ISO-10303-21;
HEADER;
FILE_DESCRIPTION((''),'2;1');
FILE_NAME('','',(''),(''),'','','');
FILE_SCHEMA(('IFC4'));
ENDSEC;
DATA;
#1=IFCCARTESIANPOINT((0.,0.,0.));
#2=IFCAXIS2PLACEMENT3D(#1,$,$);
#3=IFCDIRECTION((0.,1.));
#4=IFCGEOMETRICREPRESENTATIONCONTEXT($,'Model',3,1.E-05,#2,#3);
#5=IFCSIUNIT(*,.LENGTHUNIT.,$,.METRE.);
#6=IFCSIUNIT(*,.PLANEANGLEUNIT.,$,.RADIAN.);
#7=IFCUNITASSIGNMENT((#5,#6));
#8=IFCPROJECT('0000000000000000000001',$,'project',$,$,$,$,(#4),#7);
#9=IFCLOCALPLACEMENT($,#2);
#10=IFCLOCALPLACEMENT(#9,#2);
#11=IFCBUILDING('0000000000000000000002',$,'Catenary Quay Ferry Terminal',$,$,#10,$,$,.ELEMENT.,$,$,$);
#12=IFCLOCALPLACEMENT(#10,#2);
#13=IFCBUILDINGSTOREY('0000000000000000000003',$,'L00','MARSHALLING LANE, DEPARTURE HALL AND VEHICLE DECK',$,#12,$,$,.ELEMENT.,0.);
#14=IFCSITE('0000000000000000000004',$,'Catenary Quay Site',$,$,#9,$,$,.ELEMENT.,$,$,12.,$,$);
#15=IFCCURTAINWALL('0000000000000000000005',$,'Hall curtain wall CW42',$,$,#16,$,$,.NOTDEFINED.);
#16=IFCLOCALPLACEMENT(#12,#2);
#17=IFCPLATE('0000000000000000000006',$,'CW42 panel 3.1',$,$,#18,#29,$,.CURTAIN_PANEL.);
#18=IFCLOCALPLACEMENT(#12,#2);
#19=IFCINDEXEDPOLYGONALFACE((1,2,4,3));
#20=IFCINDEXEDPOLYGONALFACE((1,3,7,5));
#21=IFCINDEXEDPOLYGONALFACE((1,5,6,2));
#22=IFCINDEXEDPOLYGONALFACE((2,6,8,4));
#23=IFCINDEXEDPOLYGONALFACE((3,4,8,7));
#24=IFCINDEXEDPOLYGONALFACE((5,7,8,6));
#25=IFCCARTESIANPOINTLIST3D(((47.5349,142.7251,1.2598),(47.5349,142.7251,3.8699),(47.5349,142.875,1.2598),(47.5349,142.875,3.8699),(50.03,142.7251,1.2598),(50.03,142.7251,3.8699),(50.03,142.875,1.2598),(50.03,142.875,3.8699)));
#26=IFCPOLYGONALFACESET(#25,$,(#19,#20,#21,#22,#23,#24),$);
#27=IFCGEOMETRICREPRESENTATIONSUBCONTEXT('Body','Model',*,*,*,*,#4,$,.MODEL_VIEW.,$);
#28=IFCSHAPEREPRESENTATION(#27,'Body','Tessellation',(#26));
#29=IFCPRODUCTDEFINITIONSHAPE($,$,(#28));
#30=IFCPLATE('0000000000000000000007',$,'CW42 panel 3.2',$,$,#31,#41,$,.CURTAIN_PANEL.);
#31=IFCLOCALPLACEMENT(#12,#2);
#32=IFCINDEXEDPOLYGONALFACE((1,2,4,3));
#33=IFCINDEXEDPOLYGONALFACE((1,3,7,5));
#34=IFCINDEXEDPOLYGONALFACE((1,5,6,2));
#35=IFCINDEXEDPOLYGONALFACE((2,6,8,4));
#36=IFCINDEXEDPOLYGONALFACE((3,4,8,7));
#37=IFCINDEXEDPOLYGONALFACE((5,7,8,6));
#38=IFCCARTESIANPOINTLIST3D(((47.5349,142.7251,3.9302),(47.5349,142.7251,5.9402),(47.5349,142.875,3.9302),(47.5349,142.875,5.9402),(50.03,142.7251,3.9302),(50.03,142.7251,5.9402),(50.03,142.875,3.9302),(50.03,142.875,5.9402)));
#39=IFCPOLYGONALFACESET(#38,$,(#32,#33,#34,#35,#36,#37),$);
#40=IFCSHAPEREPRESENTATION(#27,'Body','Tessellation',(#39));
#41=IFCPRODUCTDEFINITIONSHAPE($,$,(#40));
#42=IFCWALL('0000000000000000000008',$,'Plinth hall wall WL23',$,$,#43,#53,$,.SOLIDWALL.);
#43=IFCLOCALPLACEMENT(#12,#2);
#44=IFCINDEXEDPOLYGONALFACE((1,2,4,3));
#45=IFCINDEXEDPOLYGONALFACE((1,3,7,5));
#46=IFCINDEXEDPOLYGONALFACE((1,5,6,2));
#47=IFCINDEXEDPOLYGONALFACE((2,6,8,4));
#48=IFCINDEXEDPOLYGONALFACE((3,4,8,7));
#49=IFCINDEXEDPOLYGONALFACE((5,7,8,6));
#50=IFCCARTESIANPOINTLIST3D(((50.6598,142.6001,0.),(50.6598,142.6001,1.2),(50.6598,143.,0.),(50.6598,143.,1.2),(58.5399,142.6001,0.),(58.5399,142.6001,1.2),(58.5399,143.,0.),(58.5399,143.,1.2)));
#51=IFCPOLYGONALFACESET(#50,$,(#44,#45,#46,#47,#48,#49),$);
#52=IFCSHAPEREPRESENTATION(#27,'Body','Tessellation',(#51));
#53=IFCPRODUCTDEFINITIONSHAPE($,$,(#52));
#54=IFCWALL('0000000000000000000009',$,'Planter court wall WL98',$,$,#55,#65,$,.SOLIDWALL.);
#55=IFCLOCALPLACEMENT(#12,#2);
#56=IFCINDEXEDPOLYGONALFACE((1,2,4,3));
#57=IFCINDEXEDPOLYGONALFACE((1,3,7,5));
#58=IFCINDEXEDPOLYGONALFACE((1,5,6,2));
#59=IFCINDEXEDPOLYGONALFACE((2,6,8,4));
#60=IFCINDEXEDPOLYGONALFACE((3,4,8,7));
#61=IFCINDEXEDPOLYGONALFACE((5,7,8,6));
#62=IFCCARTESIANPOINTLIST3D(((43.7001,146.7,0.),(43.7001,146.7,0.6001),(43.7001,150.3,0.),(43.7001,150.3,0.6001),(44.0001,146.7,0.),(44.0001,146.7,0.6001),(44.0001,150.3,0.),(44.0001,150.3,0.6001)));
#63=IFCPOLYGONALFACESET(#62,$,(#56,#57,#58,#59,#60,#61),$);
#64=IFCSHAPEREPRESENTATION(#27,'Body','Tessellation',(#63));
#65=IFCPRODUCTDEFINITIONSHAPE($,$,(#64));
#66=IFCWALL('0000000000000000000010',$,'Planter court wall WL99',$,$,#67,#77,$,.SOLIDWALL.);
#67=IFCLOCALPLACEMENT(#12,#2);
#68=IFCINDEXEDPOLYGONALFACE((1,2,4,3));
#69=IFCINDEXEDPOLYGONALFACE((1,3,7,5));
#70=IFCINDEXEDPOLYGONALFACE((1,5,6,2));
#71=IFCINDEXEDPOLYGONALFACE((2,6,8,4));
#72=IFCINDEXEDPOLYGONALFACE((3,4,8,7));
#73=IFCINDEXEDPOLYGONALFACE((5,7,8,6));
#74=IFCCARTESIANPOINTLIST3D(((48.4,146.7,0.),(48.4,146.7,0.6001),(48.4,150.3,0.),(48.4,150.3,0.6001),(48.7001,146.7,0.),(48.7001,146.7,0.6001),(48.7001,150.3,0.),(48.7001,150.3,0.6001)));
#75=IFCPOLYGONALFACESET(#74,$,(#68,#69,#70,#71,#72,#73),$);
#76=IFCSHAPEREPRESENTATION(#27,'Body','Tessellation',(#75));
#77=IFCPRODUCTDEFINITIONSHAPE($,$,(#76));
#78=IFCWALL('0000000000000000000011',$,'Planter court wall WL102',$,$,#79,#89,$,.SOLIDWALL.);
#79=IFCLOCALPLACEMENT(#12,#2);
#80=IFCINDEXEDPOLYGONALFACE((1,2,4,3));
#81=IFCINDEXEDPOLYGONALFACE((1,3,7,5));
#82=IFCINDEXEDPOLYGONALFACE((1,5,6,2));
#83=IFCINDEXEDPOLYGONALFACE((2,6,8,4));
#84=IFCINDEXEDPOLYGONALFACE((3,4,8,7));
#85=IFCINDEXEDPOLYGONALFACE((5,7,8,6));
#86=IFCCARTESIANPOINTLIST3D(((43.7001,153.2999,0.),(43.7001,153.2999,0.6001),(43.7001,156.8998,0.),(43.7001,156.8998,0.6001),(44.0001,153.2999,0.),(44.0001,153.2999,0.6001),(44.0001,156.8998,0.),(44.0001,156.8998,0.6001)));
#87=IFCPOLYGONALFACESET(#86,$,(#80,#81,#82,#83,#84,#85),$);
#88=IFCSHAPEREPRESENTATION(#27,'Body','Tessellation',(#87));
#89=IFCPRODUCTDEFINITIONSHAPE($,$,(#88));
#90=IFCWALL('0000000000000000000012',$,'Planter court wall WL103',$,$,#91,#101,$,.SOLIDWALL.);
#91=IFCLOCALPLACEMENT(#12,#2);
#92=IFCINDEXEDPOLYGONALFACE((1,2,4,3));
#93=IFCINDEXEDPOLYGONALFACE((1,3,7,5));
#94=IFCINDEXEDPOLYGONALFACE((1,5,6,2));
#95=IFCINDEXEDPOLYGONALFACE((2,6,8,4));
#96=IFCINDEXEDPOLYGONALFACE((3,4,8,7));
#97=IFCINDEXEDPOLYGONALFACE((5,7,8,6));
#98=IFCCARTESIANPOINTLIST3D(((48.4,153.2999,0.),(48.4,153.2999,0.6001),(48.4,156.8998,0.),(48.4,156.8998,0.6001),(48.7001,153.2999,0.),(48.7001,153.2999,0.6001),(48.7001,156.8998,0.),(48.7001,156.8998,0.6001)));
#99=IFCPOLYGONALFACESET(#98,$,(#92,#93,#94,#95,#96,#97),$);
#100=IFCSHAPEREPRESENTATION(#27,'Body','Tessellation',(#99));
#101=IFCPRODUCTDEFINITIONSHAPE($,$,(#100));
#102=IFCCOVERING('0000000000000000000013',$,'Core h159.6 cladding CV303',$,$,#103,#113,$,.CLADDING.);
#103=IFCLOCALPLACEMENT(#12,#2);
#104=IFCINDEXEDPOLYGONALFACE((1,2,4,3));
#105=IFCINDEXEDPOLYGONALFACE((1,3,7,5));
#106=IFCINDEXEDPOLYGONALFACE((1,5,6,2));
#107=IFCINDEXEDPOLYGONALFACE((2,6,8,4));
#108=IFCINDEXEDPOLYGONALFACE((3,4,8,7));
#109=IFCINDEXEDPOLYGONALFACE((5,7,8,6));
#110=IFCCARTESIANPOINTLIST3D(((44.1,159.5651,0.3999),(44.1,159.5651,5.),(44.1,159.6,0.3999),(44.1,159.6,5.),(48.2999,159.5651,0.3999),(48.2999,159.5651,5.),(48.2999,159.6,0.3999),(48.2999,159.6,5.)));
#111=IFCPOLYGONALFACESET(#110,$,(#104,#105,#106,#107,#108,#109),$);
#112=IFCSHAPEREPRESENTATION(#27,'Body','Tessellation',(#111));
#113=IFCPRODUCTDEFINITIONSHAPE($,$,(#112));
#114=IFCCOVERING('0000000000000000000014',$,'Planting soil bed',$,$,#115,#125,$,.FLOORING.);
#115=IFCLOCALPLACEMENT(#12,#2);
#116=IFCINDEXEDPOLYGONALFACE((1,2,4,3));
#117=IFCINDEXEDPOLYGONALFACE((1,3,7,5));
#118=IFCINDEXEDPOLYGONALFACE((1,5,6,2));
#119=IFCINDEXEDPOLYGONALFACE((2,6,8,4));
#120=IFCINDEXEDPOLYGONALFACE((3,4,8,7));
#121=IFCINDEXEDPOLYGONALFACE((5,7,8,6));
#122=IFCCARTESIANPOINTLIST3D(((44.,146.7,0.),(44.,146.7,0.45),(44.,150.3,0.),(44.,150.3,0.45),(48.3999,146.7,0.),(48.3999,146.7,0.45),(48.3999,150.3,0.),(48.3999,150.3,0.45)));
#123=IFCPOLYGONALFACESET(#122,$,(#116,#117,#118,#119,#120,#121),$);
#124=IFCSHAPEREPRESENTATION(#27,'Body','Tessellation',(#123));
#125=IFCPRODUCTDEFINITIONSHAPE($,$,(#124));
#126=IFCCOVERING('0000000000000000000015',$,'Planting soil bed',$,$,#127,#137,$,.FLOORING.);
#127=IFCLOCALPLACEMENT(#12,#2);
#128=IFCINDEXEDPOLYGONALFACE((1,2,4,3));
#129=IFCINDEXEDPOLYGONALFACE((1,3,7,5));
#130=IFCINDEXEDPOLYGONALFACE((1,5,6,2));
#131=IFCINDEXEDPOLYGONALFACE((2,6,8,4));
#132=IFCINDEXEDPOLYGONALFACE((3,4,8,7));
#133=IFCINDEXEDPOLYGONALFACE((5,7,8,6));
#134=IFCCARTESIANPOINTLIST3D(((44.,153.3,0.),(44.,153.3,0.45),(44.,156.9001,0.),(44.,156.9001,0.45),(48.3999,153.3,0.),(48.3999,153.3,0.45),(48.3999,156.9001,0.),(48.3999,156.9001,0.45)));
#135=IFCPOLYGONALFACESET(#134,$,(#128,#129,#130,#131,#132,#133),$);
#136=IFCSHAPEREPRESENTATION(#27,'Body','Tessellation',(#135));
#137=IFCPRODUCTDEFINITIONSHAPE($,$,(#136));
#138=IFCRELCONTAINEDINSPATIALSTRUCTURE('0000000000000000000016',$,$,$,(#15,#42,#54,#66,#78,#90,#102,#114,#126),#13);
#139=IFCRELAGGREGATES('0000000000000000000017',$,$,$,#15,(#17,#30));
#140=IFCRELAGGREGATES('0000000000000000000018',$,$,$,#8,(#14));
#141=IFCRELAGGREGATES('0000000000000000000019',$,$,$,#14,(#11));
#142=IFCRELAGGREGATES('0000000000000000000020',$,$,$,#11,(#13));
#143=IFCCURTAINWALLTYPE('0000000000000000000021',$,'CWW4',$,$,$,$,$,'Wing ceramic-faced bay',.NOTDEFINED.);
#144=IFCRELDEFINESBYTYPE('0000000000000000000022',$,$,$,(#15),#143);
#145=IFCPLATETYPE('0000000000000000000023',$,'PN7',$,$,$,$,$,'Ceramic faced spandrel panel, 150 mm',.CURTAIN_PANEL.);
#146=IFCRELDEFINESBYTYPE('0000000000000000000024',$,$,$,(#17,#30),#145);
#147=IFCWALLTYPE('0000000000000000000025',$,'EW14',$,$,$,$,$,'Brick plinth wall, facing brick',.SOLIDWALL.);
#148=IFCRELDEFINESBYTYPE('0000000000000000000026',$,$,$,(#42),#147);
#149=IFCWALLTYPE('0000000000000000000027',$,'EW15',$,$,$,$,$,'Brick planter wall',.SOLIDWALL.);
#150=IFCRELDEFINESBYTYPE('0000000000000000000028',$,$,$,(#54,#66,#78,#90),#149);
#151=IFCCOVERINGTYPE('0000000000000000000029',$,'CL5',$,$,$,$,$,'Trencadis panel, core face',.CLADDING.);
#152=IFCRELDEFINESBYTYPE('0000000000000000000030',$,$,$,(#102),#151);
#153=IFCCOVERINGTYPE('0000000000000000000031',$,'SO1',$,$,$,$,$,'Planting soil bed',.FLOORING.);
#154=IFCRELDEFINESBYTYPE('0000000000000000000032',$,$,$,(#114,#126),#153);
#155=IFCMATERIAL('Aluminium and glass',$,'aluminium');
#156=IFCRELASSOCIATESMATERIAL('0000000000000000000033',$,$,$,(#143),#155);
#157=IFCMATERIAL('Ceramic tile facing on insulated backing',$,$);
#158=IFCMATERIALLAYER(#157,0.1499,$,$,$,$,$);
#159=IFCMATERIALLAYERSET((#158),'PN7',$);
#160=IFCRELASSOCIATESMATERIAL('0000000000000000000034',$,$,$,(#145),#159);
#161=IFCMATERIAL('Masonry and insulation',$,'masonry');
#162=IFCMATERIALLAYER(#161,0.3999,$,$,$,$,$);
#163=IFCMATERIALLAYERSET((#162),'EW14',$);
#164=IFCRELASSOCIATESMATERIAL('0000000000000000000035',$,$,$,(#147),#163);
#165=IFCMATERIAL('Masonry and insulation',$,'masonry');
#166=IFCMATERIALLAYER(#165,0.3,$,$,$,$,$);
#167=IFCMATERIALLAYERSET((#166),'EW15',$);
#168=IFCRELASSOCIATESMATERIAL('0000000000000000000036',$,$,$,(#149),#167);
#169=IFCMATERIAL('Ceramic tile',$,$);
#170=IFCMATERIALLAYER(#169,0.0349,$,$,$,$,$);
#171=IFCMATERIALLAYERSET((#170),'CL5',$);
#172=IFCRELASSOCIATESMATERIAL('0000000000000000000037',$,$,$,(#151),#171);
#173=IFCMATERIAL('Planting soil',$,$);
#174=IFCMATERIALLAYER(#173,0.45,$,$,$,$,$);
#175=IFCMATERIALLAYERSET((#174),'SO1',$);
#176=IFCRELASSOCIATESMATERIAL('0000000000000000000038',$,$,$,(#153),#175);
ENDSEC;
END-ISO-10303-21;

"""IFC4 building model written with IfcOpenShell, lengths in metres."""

from ifc_helpers import new_model, si_unit, direction, frame, frame_2d, origin, origin_2d, place, context, subcontext, project, spatial, rectangle, extrude, material, layer, layer_set, type_object, element, aggregate, save


model = new_model("IFC4")

# Units and contexts
model_context = context("Model", 3, precision=1e-05, world=origin(), true_north=direction((0.0, 1.0)))
body_context = subcontext(model_context, "Body", "Model", "MODEL_VIEW")
ifc_project = project(units=[si_unit("LENGTHUNIT", "METRE"), si_unit("PLANEANGLEUNIT", "RADIAN")], contexts=[model_context])

# Site, building, storey
site_placement = place(None, origin())
site = spatial("IfcSite", under=ifc_project, at=site_placement, Name="Catenary Quay Site", CompositionType="ELEMENT", RefElevation=12.0)
building_placement = place(site_placement, origin())
building = spatial("IfcBuilding", under=site, at=building_placement, Name="Catenary Quay Ferry Terminal", CompositionType="ELEMENT")
storey_placement = place(building_placement, origin())
storey = spatial("IfcBuildingStorey", under=building, at=storey_placement, Name="L00", Description="MARSHALLING LANE, DEPARTURE HALL AND VEHICLE DECK", CompositionType="ELEMENT", Elevation=0.0)

# Curtain wall
ifc_material_1 = material(Name="Aluminium and glass", Category="aluminium")
curtain_wall_type_1 = type_object("IfcCurtainWallType", Name="CWW4", ElementType="Wing ceramic-faced bay", PredefinedType="NOTDEFINED", material=ifc_material_1)
curtain_wall_1_placement = place(storey_placement, origin())
curtain_wall_1 = element("IfcCurtainWall", 1, at=curtain_wall_1_placement, inside=storey, type_object=curtain_wall_type_1, Name="Hall curtain wall CW42", PredefinedType="NOTDEFINED")

# Plates
ifc_material_2 = material(Name="Ceramic tile facing on insulated backing")
ifc_layer_1 = layer(ifc_material_2, 0.1499)
ifc_layer_set_1 = layer_set([ifc_layer_1], Name="PN7")
plate_type = type_object("IfcPlateType", Name="PN7", ElementType="Ceramic faced spandrel panel, 150 mm", PredefinedType="CURTAIN_PANEL", material=ifc_layer_set_1)
plate_1_placement = place(storey_placement, frame((48.7825, 142.8, 1.2598), z_axis=(0.0, 0.0, 1.0), x_axis=(1.0, 0.0, 0.0)))
plate_1 = element("IfcPlate", 2, at=plate_1_placement, type_object=plate_type, Name="CW42 panel 3.1", PredefinedType="CURTAIN_PANEL", context=body_context, shape_type="SweptSolid", body=[
    extrude(rectangle(XDim=2.4951, YDim=0.1499, at=origin_2d()), origin(), (0.0, 0.0, 1.0), 2.6101),
])
plate_2_placement = place(storey_placement, frame((48.7825, 142.8, 3.9302), z_axis=(0.0, 0.0, 1.0), x_axis=(1.0, 0.0, 0.0)))
plate_2 = element("IfcPlate", 3, at=plate_2_placement, type_object=plate_type, Name="CW42 panel 3.2", PredefinedType="CURTAIN_PANEL", context=body_context, shape_type="SweptSolid", body=[
    extrude(rectangle(XDim=2.4951, YDim=0.1499, at=origin_2d()), origin(), (0.0, 0.0, 1.0), 2.01),
])
aggregate(curtain_wall_1, [plate_1, plate_2])

# Walls
ifc_material_3 = material(Name="Masonry and insulation", Category="masonry")
ifc_layer_2 = layer(ifc_material_3, 0.3999)
ifc_layer_set_2 = layer_set([ifc_layer_2], Name="EW14")
wall_type_1 = type_object("IfcWallType", Name="EW14", ElementType="Brick plinth wall, facing brick", PredefinedType="SOLIDWALL", material=ifc_layer_set_2)
wall_placement = place(storey_placement, frame((50.6599, 142.8, 0.0), z_axis=(0.0, 0.0, 1.0), x_axis=(1.0, 0.0, 0.0)))
element("IfcWall", 4, at=wall_placement, inside=storey, type_object=wall_type_1, Name="Plinth hall wall WL23", PredefinedType="SOLIDWALL", context=body_context, shape_type="SweptSolid", body=[
    extrude(rectangle(XDim=7.8801, YDim=0.3999, at=frame_2d((3.9399, 0.0))), origin(), (0.0, 0.0, 1.0), 1.2),
])
ifc_material_4 = material(Name="Masonry and insulation", Category="masonry")
ifc_layer_3 = layer(ifc_material_4, 0.3)
ifc_layer_set_3 = layer_set([ifc_layer_3], Name="EW15")
wall_type_2 = type_object("IfcWallType", Name="EW15", ElementType="Brick planter wall", PredefinedType="SOLIDWALL", material=ifc_layer_set_3)
for number, where, z_axis, x_axis, name in (
    (5, (43.8501, 146.7, 0.0), (0.0, 0.0, 1.0), (0.0, 1.0, 0.0), "Planter court wall WL98"),
    (6, (48.55, 146.7, 0.0), (0.0, 0.0, 1.0), (0.0, 1.0, 0.0), "Planter court wall WL99"),
):
    element("IfcWall", number, at=place(storey_placement, frame(where, z_axis=z_axis, x_axis=x_axis)), inside=storey, type_object=wall_type_2, Name=name, PredefinedType="SOLIDWALL", context=body_context, shape_type="SweptSolid", body=[
        extrude(rectangle(XDim=3.6001, YDim=0.3, at=frame_2d((1.8, 0.0))), origin(), (0.0, 0.0, 1.0), 0.6001),
    ])
for number, where, z_axis, x_axis, name in (
    (7, (43.8501, 153.3, 0.0), (0.0, 0.0, 1.0), (0.0, 1.0, 0.0), "Planter court wall WL102"),
    (8, (48.55, 153.3, 0.0), (0.0, 0.0, 1.0), (0.0, 1.0, 0.0), "Planter court wall WL103"),
):
    element("IfcWall", number, at=place(storey_placement, frame(where, z_axis=z_axis, x_axis=x_axis)), inside=storey, type_object=wall_type_2, Name=name, PredefinedType="SOLIDWALL", context=body_context, shape_type="SweptSolid", body=[
        extrude(rectangle(XDim=3.5999, YDim=0.3, at=frame_2d((1.7998, 0.0))), origin(), (0.0, 0.0, 1.0), 0.6001),
    ])

# Coverings
ifc_material_5 = material(Name="Ceramic tile")
ifc_layer_4 = layer(ifc_material_5, 0.0349)
ifc_layer_set_4 = layer_set([ifc_layer_4], Name="CL5")
covering_type_1 = type_object("IfcCoveringType", Name="CL5", ElementType="Trencadis panel, core face", PredefinedType="CLADDING", material=ifc_layer_set_4)
covering_placement = place(storey_placement, frame((46.2, 159.5825, 0.3999), z_axis=(0.0, 0.0, 1.0), x_axis=(1.0, 0.0, 0.0)))
element("IfcCovering", 9, at=covering_placement, inside=storey, type_object=covering_type_1, Name="Core h159.6 cladding CV303", PredefinedType="CLADDING", context=body_context, shape_type="SweptSolid", body=[
    extrude(rectangle(XDim=4.2, YDim=0.0349, at=origin_2d()), origin(), (0.0, 0.0, 1.0), 4.6001),
])
ifc_material_6 = material(Name="Planting soil")
ifc_layer_5 = layer(ifc_material_6, 0.45)
ifc_layer_set_5 = layer_set([ifc_layer_5], Name="SO1")
covering_type_2 = type_object("IfcCoveringType", Name="SO1", ElementType="Planting soil bed", PredefinedType="FLOORING", material=ifc_layer_set_5)
for number, where, z_axis, x_axis, name in (
    (10, (46.2, 148.5, 0.0), (0.0, 0.0, 1.0), (1.0, 0.0, 0.0), "Planting soil bed"),
    (11, (46.2, 155.1001, 0.0), (0.0, 0.0, 1.0), (1.0, 0.0, 0.0), "Planting soil bed"),
):
    element("IfcCovering", number, at=place(storey_placement, frame(where, z_axis=z_axis, x_axis=x_axis)), inside=storey, type_object=covering_type_2, Name=name, PredefinedType="FLOORING", context=body_context, shape_type="SweptSolid", body=[
        extrude(rectangle(XDim=4.3999, YDim=3.6001, at=origin_2d()), origin(), (0.0, 0.0, 1.0), 0.45),
    ])

save(model, "model.ifc")
